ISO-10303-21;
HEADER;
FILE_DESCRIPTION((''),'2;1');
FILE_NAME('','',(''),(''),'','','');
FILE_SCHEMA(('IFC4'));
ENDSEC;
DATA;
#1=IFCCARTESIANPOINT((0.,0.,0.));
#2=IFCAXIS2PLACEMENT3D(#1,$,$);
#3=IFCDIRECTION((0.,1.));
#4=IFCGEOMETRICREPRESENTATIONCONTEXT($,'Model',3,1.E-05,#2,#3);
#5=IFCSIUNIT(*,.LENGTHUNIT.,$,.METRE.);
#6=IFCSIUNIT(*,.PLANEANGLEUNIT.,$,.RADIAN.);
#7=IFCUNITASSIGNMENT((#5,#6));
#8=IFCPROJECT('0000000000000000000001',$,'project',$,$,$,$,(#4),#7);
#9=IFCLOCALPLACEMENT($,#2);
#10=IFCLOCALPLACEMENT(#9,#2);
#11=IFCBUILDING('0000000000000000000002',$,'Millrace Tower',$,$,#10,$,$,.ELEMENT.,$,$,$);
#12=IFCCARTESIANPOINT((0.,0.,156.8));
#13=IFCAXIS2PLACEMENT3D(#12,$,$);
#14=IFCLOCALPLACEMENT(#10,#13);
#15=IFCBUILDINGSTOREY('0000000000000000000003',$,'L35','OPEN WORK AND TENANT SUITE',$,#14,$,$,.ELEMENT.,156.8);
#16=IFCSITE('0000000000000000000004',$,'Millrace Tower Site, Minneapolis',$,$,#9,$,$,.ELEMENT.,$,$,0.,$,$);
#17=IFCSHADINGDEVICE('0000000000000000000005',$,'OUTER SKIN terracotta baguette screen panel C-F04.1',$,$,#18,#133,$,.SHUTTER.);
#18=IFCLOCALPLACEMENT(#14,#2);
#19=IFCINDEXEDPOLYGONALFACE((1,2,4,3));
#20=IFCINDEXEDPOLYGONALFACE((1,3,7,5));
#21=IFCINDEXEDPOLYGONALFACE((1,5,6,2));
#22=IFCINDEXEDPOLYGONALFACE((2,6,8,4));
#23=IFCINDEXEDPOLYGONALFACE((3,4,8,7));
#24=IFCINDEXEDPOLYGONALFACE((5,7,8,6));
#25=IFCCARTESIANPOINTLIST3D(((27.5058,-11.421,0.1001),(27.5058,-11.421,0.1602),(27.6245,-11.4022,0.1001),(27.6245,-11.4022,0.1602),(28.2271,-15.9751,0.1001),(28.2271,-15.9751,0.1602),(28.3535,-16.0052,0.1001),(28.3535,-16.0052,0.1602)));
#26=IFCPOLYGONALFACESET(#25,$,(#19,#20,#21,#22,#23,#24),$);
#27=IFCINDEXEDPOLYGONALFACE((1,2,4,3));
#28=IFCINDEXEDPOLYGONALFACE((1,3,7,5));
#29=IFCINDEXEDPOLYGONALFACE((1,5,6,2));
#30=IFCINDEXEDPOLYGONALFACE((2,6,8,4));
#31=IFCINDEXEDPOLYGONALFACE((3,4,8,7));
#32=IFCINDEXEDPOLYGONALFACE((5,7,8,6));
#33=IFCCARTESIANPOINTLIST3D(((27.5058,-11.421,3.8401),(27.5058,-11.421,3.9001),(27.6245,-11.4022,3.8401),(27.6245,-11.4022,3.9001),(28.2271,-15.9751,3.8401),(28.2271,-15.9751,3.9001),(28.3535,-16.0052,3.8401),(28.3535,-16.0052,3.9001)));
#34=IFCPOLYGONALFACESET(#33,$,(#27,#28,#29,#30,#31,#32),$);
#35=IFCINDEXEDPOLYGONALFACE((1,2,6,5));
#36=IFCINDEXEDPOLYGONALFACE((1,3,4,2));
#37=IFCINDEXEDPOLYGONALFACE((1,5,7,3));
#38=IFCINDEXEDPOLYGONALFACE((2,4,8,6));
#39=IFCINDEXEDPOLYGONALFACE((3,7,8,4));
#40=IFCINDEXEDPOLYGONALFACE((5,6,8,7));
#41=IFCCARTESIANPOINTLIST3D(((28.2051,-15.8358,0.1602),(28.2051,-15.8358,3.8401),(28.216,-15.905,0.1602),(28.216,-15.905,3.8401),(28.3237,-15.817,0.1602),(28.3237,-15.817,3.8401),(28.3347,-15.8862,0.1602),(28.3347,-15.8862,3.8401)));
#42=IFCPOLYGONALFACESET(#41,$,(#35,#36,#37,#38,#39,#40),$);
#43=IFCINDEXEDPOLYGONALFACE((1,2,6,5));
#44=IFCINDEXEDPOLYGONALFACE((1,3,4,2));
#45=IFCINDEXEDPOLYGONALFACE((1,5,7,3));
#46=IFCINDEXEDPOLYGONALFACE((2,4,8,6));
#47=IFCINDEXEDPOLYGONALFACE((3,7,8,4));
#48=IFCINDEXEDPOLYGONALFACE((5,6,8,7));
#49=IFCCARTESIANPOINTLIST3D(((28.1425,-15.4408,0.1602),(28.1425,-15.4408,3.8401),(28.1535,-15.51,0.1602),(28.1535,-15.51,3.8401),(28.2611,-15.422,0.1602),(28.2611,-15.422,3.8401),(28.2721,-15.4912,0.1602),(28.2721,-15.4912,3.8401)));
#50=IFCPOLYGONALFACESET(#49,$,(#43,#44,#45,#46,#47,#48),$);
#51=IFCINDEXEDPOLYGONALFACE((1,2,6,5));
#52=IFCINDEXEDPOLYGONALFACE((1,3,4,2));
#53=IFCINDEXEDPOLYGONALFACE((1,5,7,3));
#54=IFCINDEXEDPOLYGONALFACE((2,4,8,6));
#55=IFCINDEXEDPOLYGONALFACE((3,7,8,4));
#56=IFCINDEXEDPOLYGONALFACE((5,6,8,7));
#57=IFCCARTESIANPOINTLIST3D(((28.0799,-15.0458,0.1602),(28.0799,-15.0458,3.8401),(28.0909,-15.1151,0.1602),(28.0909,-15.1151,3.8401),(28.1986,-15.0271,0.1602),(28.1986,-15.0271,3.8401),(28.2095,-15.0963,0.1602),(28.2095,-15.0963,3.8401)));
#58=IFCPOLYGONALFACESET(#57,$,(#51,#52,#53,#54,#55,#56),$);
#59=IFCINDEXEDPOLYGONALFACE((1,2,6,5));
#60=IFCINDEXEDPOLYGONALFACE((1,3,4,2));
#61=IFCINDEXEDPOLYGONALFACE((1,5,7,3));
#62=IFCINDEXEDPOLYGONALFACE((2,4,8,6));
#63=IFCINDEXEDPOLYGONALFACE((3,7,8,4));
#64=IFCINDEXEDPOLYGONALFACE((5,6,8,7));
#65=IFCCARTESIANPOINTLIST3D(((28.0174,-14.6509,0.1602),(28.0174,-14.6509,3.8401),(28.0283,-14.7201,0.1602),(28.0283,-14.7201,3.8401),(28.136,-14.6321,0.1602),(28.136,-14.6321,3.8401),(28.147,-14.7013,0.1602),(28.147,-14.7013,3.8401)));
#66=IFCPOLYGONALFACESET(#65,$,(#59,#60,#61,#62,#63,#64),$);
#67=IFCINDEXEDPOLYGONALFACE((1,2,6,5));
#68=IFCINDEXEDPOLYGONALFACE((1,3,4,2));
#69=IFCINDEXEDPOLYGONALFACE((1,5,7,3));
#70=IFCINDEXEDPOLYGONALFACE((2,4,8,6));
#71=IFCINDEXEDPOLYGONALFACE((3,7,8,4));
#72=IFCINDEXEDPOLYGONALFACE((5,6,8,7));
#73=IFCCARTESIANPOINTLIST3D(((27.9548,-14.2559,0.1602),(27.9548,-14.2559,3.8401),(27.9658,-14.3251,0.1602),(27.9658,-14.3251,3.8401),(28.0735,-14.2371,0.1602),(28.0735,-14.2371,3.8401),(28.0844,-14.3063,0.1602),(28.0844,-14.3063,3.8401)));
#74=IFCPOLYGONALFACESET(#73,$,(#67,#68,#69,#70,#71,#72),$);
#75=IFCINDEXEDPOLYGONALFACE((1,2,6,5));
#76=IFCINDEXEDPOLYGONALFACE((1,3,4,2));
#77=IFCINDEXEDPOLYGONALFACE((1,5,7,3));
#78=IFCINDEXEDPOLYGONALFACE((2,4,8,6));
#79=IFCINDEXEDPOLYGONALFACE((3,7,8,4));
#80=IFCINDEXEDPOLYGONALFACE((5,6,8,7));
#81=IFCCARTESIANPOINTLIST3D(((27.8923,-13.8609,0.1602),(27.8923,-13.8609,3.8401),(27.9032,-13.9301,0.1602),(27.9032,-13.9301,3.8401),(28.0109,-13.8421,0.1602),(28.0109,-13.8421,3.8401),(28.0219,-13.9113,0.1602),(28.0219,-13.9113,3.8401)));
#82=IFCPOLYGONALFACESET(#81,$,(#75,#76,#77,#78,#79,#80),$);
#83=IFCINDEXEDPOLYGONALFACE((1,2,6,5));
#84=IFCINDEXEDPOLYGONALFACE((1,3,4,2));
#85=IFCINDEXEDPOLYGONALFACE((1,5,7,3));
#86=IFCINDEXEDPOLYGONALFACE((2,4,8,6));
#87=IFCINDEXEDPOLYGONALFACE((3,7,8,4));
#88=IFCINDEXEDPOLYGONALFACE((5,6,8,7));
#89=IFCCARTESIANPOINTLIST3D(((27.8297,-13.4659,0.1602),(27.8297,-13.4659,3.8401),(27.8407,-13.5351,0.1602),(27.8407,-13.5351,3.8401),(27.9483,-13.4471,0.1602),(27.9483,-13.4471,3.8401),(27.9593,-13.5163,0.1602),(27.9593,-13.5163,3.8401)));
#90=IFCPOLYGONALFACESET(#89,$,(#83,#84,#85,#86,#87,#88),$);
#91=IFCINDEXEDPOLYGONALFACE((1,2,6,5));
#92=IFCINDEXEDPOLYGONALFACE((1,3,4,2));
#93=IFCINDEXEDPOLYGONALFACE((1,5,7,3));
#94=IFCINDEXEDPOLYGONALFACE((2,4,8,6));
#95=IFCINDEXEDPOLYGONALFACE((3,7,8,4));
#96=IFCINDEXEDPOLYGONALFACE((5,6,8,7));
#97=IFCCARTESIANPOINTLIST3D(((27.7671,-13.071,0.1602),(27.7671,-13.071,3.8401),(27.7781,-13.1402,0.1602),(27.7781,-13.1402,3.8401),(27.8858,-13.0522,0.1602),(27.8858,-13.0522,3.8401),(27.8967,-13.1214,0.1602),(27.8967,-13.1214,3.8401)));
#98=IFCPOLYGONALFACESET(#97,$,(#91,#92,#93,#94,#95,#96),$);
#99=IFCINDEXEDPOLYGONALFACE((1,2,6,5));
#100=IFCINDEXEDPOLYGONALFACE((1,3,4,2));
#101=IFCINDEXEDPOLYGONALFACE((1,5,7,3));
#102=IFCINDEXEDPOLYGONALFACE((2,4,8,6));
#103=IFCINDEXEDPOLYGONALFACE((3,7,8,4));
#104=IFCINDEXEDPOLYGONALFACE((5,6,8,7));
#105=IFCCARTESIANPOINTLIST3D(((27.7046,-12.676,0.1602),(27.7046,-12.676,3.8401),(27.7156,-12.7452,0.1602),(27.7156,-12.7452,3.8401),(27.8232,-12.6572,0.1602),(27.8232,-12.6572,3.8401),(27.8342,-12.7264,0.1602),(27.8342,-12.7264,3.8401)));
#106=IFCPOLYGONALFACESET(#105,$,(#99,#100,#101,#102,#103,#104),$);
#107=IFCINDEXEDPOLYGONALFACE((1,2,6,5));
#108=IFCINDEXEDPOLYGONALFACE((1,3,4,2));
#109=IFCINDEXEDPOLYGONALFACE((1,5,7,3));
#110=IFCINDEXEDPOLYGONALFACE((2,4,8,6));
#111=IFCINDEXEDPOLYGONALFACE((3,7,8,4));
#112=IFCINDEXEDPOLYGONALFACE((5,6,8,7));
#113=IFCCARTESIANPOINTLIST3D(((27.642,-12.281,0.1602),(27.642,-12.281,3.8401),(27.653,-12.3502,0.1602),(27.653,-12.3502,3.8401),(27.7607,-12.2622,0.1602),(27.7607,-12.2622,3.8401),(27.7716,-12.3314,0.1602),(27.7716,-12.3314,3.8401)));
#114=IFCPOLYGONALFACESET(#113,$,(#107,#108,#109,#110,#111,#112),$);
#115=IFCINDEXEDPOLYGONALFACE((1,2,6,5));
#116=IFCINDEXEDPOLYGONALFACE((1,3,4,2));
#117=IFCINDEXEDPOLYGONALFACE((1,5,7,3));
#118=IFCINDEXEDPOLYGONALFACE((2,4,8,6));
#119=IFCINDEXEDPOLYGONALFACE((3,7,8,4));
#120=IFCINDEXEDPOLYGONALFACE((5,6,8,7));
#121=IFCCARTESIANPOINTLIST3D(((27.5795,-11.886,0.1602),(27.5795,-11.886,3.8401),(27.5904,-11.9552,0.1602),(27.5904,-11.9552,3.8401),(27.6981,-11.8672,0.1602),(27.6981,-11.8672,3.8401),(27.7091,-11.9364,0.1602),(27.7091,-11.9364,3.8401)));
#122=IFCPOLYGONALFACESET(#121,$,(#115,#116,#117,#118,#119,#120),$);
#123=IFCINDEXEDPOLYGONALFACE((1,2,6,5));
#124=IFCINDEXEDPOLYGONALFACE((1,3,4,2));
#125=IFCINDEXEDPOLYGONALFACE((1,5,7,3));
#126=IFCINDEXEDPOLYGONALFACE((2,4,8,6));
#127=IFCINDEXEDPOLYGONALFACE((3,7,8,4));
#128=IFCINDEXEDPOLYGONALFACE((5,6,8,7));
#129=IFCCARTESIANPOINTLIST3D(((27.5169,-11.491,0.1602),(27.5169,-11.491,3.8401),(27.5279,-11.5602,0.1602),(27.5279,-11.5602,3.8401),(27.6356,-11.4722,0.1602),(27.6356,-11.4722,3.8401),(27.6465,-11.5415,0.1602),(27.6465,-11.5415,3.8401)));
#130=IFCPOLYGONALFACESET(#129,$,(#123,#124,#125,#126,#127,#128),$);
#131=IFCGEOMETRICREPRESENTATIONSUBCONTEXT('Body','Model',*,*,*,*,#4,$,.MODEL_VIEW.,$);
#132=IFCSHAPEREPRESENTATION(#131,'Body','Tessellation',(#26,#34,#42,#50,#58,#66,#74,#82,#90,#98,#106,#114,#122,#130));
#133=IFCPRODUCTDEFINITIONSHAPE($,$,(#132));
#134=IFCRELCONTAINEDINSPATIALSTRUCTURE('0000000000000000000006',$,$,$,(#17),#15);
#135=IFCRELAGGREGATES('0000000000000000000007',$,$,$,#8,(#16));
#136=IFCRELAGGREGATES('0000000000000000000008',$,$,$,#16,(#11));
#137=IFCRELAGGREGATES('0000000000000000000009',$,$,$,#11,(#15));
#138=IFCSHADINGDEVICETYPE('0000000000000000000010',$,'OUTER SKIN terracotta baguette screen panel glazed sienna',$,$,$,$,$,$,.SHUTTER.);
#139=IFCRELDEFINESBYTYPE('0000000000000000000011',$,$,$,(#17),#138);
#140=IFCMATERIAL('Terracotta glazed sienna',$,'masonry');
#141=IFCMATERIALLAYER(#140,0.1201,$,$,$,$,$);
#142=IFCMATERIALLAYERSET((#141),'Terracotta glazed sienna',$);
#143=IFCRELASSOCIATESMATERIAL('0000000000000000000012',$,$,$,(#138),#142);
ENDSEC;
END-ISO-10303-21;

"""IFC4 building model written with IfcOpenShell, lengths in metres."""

from ifc_helpers import new_model, entity, si_unit, direction, frame, frame_2d, origin, place, context, subcontext, project, spatial, rectangle, extrude, source, transform, mapped, material, layer, layer_set, type_object, element, save


model = new_model("IFC4")

# Units and contexts
model_context = context("Model", 3, precision=1e-05, world=origin(), true_north=direction((0.0, 1.0)))
body_context = subcontext(model_context, "Body", "Model", "MODEL_VIEW")
ifc_project = project(units=[si_unit("LENGTHUNIT", "METRE"), si_unit("PLANEANGLEUNIT", "RADIAN")], contexts=[model_context])

# Site, building, storey
site_placement = place(None, origin())
site = spatial("IfcSite", under=ifc_project, at=site_placement, Name="Millrace Tower Site, Minneapolis", CompositionType="ELEMENT", RefElevation=0.0)
building_placement = place(site_placement, origin())
building = spatial("IfcBuilding", under=site, at=building_placement, Name="Millrace Tower", CompositionType="ELEMENT")
storey_placement = place(building_placement, frame((0.0, 0.0, 156.8)))
storey = spatial("IfcBuildingStorey", under=building, at=storey_placement, Name="L35", Description="OPEN WORK AND TENANT SUITE", CompositionType="ELEMENT", Elevation=156.8)

# Shading device
ifc_material_1 = material(Name="Terracotta glazed sienna", Category="masonry")
ifc_layer_1 = layer(ifc_material_1, 0.1201)
ifc_layer_set_1 = layer_set([ifc_layer_1], Name="Terracotta glazed sienna")
shading_device_type = type_object("IfcShadingDeviceType", Name="OUTER SKIN terracotta baguette screen panel glazed sienna", PredefinedType="SHUTTER", material=ifc_layer_set_1)
cartesian_point_1 = entity("IfcCartesianPoint", [-2.293, 0.0601])
shared_polyline_1 = entity("IfcPolyline", [cartesian_point_1, entity("IfcCartesianPoint", [2.3179, 0.0601]), entity("IfcCartesianPoint", [2.3179, -0.0601]), entity("IfcCartesianPoint", [-2.3425, -0.0601]), cartesian_point_1])
shared_shape_1 = source(origin(), body_context, "Body", "SweptSolid", [
    entity("IfcExtrudedAreaSolid", entity("IfcArbitraryClosedProfileDef", "AREA", None, shared_polyline_1), entity("IfcAxis2Placement3D", entity("IfcCartesianPoint", [0.0, 0.0, 0.0])), entity("IfcDirection", [0.0, 0.0, 1.0]), 0.0601),
    entity("IfcExtrudedAreaSolid", entity("IfcArbitraryClosedProfileDef", "AREA", None, shared_polyline_1), entity("IfcAxis2Placement3D", entity("IfcCartesianPoint", [0.0, 0.0, 3.74])), entity("IfcDirection", [0.0, 0.0, 1.0]), 0.0601),
    extrude(rectangle(XDim=0.0701, YDim=0.1201, at=frame_2d((-2.187, 0.0))), frame((0.0, 0.0, 0.0601)), (0.0, 0.0, 1.0), 3.6799),
    extrude(rectangle(XDim=0.0701, YDim=0.1201, at=frame_2d((-1.7871, 0.0))), frame((0.0, 0.0, 0.0601)), (0.0, 0.0, 1.0), 3.6799),
    extrude(rectangle(XDim=0.0701, YDim=0.1201, at=frame_2d((-1.3872, 0.0))), frame((0.0, 0.0, 0.0601)), (0.0, 0.0, 1.0), 3.6799),
    extrude(rectangle(XDim=0.0701, YDim=0.1201, at=frame_2d((-0.9873, 0.0))), frame((0.0, 0.0, 0.0601)), (0.0, 0.0, 1.0), 3.6799),
    extrude(rectangle(XDim=0.0701, YDim=0.1201, at=frame_2d((-0.5874, 0.0))), frame((0.0, 0.0, 0.0601)), (0.0, 0.0, 1.0), 3.6799),
    extrude(rectangle(XDim=0.0701, YDim=0.1201, at=frame_2d((-0.1875, 0.0))), frame((0.0, 0.0, 0.0601)), (0.0, 0.0, 1.0), 3.6799),
    extrude(rectangle(XDim=0.0701, YDim=0.1201, at=frame_2d((0.2124, 0.0))), frame((0.0, 0.0, 0.0601)), (0.0, 0.0, 1.0), 3.6799),
    extrude(rectangle(XDim=0.0701, YDim=0.1201, at=frame_2d((0.6123, 0.0))), frame((0.0, 0.0, 0.0601)), (0.0, 0.0, 1.0), 3.6799),
    extrude(rectangle(XDim=0.0701, YDim=0.1201, at=frame_2d((1.0122, 0.0))), frame((0.0, 0.0, 0.0601)), (0.0, 0.0, 1.0), 3.6799),
    extrude(rectangle(XDim=0.0701, YDim=0.1201, at=frame_2d((1.4121, 0.0))), frame((0.0, 0.0, 0.0601)), (0.0, 0.0, 1.0), 3.6799),
    extrude(rectangle(XDim=0.0701, YDim=0.1201, at=frame_2d((1.812, 0.0))), frame((0.0, 0.0, 0.0601)), (0.0, 0.0, 1.0), 3.6799),
    extrude(rectangle(XDim=0.0701, YDim=0.1201, at=frame_2d((2.2119, 0.0))), frame((0.0, 0.0, 0.0601)), (0.0, 0.0, 1.0), 3.6799),
])
shading_device_1_placement = place(storey_placement, frame((27.9277, -13.7009, 0.1001), z_axis=(0.0, 0.0, 1.0), x_axis=(-0.156434, 0.987688, 0.0)))
element("IfcShadingDevice", 1, at=shading_device_1_placement, inside=storey, type_object=shading_device_type, Name="OUTER SKIN terracotta baguette screen panel C-F04.1", PredefinedType="SHUTTER", context=body_context, shape_type="MappedRepresentation", body=[
    mapped(shared_shape_1, transform((0.0, 0.0, 0.0), scale=1.0)),
])

save(model, "model.ifc")
